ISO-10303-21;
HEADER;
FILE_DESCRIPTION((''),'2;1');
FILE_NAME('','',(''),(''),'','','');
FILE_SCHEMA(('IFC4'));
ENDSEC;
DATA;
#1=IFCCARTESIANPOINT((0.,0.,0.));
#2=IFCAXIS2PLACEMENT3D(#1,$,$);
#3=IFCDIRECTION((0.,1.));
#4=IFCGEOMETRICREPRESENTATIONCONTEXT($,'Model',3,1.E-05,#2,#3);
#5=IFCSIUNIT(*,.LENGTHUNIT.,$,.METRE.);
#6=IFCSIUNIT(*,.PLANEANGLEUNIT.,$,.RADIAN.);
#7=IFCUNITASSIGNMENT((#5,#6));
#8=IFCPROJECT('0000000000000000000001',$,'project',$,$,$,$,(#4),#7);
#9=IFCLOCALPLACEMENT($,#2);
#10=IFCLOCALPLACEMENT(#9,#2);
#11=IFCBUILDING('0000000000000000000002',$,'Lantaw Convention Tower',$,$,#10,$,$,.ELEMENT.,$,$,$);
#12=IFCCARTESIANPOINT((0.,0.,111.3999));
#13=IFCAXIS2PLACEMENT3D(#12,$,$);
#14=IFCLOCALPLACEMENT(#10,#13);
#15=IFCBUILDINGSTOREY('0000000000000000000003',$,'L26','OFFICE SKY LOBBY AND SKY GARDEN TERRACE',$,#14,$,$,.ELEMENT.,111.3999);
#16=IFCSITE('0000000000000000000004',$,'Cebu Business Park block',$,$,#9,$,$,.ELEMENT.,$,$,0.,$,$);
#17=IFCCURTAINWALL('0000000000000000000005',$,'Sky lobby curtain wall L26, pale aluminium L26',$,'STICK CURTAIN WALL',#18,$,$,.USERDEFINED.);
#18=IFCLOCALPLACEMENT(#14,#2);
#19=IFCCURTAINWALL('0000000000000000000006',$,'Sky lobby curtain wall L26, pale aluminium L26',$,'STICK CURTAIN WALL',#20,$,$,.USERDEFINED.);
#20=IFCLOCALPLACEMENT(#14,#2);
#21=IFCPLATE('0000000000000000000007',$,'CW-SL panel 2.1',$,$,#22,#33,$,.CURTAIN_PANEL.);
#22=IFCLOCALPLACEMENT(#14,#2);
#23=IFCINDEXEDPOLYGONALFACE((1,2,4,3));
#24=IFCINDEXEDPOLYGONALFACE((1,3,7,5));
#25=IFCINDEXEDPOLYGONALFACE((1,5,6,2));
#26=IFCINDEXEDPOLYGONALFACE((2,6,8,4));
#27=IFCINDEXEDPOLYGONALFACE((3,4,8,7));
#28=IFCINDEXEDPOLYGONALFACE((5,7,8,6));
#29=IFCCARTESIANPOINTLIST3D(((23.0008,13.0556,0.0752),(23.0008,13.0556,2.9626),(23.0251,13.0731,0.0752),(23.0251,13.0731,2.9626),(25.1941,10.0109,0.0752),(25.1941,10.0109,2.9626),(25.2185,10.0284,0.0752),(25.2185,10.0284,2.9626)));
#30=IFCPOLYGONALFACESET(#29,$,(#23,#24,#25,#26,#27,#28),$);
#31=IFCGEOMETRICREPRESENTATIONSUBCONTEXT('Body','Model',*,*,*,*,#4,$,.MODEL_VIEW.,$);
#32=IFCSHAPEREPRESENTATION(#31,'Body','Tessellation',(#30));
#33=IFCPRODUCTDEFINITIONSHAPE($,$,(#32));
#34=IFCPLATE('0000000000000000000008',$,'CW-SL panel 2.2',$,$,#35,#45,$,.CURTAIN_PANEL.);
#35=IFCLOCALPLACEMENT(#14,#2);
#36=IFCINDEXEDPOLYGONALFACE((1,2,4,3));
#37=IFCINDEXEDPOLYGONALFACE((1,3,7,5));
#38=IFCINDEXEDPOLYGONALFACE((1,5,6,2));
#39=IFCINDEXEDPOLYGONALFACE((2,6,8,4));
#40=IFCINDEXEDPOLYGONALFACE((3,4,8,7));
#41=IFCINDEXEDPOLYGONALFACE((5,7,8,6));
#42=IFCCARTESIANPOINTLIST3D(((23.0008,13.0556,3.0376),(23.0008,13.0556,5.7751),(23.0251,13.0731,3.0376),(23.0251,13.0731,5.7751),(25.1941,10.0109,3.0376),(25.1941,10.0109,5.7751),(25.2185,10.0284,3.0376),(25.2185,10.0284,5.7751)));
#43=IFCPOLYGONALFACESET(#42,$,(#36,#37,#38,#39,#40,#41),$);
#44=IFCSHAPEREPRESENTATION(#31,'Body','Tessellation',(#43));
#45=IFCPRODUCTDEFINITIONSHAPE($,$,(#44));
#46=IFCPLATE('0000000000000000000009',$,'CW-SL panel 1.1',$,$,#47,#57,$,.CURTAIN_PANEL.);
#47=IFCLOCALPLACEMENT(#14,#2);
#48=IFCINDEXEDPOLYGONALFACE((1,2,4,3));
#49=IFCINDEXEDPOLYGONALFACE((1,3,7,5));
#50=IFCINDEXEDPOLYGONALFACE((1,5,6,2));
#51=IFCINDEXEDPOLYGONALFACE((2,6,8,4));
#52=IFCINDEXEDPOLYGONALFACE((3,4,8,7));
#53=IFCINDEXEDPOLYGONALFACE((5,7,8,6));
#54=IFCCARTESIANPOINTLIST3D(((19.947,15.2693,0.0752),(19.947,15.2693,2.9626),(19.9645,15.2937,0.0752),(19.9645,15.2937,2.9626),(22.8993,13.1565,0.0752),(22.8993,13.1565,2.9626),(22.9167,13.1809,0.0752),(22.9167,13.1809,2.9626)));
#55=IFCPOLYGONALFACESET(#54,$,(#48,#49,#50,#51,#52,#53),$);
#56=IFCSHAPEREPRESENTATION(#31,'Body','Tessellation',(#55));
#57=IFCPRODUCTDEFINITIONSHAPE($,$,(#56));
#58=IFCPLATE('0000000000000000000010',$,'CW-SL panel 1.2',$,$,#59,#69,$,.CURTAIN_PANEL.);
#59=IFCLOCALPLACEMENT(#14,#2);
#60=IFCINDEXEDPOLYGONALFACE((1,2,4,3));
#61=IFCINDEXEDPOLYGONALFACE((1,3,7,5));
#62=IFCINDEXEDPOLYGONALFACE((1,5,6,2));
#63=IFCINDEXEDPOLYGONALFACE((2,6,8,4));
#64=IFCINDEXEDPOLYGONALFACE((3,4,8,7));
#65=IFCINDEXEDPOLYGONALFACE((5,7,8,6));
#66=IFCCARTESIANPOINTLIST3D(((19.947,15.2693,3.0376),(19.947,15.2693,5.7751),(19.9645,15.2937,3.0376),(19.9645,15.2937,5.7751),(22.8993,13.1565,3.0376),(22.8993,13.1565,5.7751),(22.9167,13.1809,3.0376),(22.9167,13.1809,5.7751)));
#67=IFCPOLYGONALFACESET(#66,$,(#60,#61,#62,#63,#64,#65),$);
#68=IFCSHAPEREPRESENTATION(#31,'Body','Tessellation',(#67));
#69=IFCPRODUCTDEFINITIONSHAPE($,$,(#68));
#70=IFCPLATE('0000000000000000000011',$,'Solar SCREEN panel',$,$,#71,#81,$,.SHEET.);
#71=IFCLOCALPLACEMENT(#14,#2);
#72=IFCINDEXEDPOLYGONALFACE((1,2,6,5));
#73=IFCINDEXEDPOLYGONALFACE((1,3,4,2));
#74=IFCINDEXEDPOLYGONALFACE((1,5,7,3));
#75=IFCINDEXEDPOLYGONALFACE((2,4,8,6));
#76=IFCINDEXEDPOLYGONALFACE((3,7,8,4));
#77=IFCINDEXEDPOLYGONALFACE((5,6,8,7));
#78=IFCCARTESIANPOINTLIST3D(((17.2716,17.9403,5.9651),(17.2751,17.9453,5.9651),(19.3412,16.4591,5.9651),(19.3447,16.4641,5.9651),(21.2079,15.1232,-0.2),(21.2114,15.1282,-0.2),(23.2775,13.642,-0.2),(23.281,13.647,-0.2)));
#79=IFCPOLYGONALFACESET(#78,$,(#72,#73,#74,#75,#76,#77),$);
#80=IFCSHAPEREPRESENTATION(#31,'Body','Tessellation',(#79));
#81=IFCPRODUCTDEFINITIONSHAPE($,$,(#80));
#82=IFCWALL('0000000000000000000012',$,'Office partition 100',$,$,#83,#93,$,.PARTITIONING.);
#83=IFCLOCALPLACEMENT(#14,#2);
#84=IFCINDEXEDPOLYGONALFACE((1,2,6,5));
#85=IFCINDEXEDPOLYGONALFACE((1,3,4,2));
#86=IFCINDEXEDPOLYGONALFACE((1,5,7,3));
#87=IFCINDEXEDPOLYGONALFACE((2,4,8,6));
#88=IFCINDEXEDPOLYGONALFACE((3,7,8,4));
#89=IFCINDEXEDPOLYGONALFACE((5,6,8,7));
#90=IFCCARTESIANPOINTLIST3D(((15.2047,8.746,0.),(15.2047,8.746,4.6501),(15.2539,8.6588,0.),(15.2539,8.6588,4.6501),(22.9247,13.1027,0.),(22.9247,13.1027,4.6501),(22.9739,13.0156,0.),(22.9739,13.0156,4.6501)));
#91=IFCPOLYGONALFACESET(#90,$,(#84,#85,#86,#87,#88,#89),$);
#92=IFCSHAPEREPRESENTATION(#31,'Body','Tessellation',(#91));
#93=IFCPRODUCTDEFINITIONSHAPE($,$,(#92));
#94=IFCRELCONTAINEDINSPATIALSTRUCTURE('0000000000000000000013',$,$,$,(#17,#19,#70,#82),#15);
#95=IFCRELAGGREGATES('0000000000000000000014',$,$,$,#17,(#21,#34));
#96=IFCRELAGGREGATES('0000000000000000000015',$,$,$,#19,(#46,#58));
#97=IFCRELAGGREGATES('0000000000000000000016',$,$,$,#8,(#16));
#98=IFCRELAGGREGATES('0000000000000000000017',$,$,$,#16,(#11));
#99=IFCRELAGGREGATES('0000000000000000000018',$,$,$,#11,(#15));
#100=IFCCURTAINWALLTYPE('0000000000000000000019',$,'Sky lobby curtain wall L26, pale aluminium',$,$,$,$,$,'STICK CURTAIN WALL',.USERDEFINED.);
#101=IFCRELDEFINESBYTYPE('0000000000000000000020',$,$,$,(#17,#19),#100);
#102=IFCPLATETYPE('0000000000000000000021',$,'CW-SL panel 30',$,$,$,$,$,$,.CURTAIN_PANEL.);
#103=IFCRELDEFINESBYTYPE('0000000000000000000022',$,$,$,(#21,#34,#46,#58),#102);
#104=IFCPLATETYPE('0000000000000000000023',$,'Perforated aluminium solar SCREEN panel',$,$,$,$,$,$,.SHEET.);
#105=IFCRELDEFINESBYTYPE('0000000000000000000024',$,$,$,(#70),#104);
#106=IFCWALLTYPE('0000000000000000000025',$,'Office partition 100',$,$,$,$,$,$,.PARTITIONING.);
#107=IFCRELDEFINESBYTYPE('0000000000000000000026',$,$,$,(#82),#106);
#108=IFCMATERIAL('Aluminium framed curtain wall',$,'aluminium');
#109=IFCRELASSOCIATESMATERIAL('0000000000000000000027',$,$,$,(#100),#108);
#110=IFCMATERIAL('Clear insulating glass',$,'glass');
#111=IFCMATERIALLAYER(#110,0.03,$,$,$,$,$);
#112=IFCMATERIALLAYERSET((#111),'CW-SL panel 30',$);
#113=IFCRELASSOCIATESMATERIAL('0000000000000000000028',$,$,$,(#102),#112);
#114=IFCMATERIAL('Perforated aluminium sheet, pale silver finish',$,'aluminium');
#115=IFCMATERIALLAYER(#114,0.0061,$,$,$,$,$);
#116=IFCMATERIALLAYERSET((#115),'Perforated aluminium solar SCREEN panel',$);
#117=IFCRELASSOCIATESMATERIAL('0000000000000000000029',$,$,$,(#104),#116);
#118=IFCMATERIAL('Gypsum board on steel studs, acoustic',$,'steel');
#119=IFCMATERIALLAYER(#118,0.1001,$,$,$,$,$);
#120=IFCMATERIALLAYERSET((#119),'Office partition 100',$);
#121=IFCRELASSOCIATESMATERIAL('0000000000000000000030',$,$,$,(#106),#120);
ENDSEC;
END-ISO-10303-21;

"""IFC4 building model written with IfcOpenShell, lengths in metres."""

from ifc_helpers import new_model, si_unit, direction, frame, frame_2d, origin, origin_2d, place, context, subcontext, project, spatial, polyline, rectangle, outline, extrude, material, layer, layer_set, type_object, element, aggregate, save


model = new_model("IFC4")

# Units and contexts
model_context = context("Model", 3, precision=1e-05, world=origin(), true_north=direction((0.0, 1.0)))
body_context = subcontext(model_context, "Body", "Model", "MODEL_VIEW")
ifc_project = project(units=[si_unit("LENGTHUNIT", "METRE"), si_unit("PLANEANGLEUNIT", "RADIAN")], contexts=[model_context])

# Site, building, storey
site_placement = place(None, origin())
site = spatial("IfcSite", under=ifc_project, at=site_placement, Name="Cebu Business Park block", CompositionType="ELEMENT", RefElevation=0.0)
building_placement = place(site_placement, origin())
building = spatial("IfcBuilding", under=site, at=building_placement, Name="Lantaw Convention Tower", CompositionType="ELEMENT")
storey_placement = place(building_placement, frame((0.0, 0.0, 111.3999)))
storey = spatial("IfcBuildingStorey", under=building, at=storey_placement, Name="L26", Description="OFFICE SKY LOBBY AND SKY GARDEN TERRACE", CompositionType="ELEMENT", Elevation=111.3999)

# Curtain wall
ifc_material_1 = material(Name="Aluminium framed curtain wall", Category="aluminium")
curtain_wall_type = type_object("IfcCurtainWallType", Name="Sky lobby curtain wall L26, pale aluminium", ElementType="STICK CURTAIN WALL", PredefinedType="USERDEFINED", material=ifc_material_1)
curtain_wall_1_placement = place(storey_placement, origin())
curtain_wall_1 = element("IfcCurtainWall", 1, at=curtain_wall_1_placement, inside=storey, type_object=curtain_wall_type, Name="Sky lobby curtain wall L26, pale aluminium L26", ObjectType="STICK CURTAIN WALL", PredefinedType="USERDEFINED")

# Curtain wall
curtain_wall_2_placement = place(storey_placement, origin())
curtain_wall_2 = element("IfcCurtainWall", 2, at=curtain_wall_2_placement, inside=storey, type_object=curtain_wall_type, Name="Sky lobby curtain wall L26, pale aluminium L26", ObjectType="STICK CURTAIN WALL", PredefinedType="USERDEFINED")

# Plates
ifc_material_2 = material(Name="Clear insulating glass", Category="glass")
ifc_layer_1 = layer(ifc_material_2, 0.03)
ifc_layer_set_1 = layer_set([ifc_layer_1], Name="CW-SL panel 30")
plate_type_1 = type_object("IfcPlateType", Name="CW-SL panel 30", PredefinedType="CURTAIN_PANEL", material=ifc_layer_set_1)
plate_1_placement = place(storey_placement, frame((24.1096, 11.542, 0.0752), z_axis=(0.0, 0.0, 1.0), x_axis=(-0.584513, 0.811385, 0.0)))
plate_1 = element("IfcPlate", 3, at=plate_1_placement, type_object=plate_type_1, Name="CW-SL panel 2.1", PredefinedType="CURTAIN_PANEL", context=body_context, shape_type="SweptSolid", body=[
    extrude(rectangle(XDim=3.7524, YDim=0.03, at=origin_2d()), origin(), (0.0, 0.0, 1.0), 2.8875),
])
plate_2_placement = place(storey_placement, frame((24.1096, 11.542, 3.0376), z_axis=(0.0, 0.0, 1.0), x_axis=(-0.584513, 0.811385, 0.0)))
plate_2 = element("IfcPlate", 4, at=plate_2_placement, type_object=plate_type_1, Name="CW-SL panel 2.2", PredefinedType="CURTAIN_PANEL", context=body_context, shape_type="SweptSolid", body=[
    extrude(rectangle(XDim=3.7524, YDim=0.03, at=origin_2d()), origin(), (0.0, 0.0, 1.0), 2.7375),
])
aggregate(curtain_wall_1, [plate_1, plate_2])
plate_3_placement = place(storey_placement, frame((21.4319, 14.2251, 0.0752), z_axis=(0.0, 0.0, 1.0), x_axis=(-0.813208, 0.581973, 0.0)))
plate_3 = element("IfcPlate", 5, at=plate_3_placement, type_object=plate_type_1, Name="CW-SL panel 1.1", PredefinedType="CURTAIN_PANEL", context=body_context, shape_type="SweptSolid", body=[
    extrude(rectangle(XDim=3.6304, YDim=0.03, at=origin_2d()), origin(), (0.0, 0.0, 1.0), 2.8875),
])
plate_4_placement = place(storey_placement, frame((21.4319, 14.2251, 3.0376), z_axis=(0.0, 0.0, 1.0), x_axis=(-0.813208, 0.581973, 0.0)))
plate_4 = element("IfcPlate", 6, at=plate_4_placement, type_object=plate_type_1, Name="CW-SL panel 1.2", PredefinedType="CURTAIN_PANEL", context=body_context, shape_type="SweptSolid", body=[
    extrude(rectangle(XDim=3.6304, YDim=0.03, at=origin_2d()), origin(), (0.0, 0.0, 1.0), 2.7375),
])
aggregate(curtain_wall_2, [plate_3, plate_4])
ifc_material_3 = material(Name="Perforated aluminium sheet, pale silver finish", Category="aluminium")
ifc_layer_2 = layer(ifc_material_3, 0.0061)
ifc_layer_set_2 = layer_set([ifc_layer_2], Name="Perforated aluminium solar SCREEN panel")
plate_type_2 = type_object("IfcPlateType", Name="Perforated aluminium solar SCREEN panel", PredefinedType="SHEET", material=ifc_layer_set_2)
plate_5_placement = place(storey_placement, frame((23.281, 13.647, -0.2), z_axis=(0.582, 0.813189, 0.000008), x_axis=(-0.813189, 0.582, 0.0)))
element("IfcPlate", 7, at=plate_5_placement, inside=storey, type_object=plate_type_2, Name="Solar SCREEN panel", PredefinedType="SHEET", context=body_context, shape_type="SweptSolid", body=[
    extrude(outline(polyline([(0.0, 0.0), (2.545, 0.0), (7.3855, 6.165), (4.8405, 6.165), (0.0, 0.0)])), origin(), (0.0, 0.0, -1.0), 0.0061),
])

# Wall
ifc_material_4 = material(Name="Gypsum board on steel studs, acoustic", Category="steel")
ifc_layer_3 = layer(ifc_material_4, 0.1001)
ifc_layer_set_3 = layer_set([ifc_layer_3], Name="Office partition 100")
wall_type = type_object("IfcWallType", Name="Office partition 100", PredefinedType="PARTITIONING", material=ifc_layer_set_3)
wall_placement = place(storey_placement, frame((22.9492, 13.0591, 0.0), z_axis=(0.0, 0.0, 1.0), x_axis=(-0.87089, -0.491478, 0.0)))
element("IfcWall", 8, at=wall_placement, inside=storey, type_object=wall_type, Name="Office partition 100", PredefinedType="PARTITIONING", context=body_context, shape_type="SweptSolid", body=[
    extrude(rectangle(XDim=8.8645, YDim=0.1001, at=frame_2d((4.4321, 0.0))), origin(), (0.0, 0.0, 1.0), 4.6501),
])

save(model, "model.ifc")
